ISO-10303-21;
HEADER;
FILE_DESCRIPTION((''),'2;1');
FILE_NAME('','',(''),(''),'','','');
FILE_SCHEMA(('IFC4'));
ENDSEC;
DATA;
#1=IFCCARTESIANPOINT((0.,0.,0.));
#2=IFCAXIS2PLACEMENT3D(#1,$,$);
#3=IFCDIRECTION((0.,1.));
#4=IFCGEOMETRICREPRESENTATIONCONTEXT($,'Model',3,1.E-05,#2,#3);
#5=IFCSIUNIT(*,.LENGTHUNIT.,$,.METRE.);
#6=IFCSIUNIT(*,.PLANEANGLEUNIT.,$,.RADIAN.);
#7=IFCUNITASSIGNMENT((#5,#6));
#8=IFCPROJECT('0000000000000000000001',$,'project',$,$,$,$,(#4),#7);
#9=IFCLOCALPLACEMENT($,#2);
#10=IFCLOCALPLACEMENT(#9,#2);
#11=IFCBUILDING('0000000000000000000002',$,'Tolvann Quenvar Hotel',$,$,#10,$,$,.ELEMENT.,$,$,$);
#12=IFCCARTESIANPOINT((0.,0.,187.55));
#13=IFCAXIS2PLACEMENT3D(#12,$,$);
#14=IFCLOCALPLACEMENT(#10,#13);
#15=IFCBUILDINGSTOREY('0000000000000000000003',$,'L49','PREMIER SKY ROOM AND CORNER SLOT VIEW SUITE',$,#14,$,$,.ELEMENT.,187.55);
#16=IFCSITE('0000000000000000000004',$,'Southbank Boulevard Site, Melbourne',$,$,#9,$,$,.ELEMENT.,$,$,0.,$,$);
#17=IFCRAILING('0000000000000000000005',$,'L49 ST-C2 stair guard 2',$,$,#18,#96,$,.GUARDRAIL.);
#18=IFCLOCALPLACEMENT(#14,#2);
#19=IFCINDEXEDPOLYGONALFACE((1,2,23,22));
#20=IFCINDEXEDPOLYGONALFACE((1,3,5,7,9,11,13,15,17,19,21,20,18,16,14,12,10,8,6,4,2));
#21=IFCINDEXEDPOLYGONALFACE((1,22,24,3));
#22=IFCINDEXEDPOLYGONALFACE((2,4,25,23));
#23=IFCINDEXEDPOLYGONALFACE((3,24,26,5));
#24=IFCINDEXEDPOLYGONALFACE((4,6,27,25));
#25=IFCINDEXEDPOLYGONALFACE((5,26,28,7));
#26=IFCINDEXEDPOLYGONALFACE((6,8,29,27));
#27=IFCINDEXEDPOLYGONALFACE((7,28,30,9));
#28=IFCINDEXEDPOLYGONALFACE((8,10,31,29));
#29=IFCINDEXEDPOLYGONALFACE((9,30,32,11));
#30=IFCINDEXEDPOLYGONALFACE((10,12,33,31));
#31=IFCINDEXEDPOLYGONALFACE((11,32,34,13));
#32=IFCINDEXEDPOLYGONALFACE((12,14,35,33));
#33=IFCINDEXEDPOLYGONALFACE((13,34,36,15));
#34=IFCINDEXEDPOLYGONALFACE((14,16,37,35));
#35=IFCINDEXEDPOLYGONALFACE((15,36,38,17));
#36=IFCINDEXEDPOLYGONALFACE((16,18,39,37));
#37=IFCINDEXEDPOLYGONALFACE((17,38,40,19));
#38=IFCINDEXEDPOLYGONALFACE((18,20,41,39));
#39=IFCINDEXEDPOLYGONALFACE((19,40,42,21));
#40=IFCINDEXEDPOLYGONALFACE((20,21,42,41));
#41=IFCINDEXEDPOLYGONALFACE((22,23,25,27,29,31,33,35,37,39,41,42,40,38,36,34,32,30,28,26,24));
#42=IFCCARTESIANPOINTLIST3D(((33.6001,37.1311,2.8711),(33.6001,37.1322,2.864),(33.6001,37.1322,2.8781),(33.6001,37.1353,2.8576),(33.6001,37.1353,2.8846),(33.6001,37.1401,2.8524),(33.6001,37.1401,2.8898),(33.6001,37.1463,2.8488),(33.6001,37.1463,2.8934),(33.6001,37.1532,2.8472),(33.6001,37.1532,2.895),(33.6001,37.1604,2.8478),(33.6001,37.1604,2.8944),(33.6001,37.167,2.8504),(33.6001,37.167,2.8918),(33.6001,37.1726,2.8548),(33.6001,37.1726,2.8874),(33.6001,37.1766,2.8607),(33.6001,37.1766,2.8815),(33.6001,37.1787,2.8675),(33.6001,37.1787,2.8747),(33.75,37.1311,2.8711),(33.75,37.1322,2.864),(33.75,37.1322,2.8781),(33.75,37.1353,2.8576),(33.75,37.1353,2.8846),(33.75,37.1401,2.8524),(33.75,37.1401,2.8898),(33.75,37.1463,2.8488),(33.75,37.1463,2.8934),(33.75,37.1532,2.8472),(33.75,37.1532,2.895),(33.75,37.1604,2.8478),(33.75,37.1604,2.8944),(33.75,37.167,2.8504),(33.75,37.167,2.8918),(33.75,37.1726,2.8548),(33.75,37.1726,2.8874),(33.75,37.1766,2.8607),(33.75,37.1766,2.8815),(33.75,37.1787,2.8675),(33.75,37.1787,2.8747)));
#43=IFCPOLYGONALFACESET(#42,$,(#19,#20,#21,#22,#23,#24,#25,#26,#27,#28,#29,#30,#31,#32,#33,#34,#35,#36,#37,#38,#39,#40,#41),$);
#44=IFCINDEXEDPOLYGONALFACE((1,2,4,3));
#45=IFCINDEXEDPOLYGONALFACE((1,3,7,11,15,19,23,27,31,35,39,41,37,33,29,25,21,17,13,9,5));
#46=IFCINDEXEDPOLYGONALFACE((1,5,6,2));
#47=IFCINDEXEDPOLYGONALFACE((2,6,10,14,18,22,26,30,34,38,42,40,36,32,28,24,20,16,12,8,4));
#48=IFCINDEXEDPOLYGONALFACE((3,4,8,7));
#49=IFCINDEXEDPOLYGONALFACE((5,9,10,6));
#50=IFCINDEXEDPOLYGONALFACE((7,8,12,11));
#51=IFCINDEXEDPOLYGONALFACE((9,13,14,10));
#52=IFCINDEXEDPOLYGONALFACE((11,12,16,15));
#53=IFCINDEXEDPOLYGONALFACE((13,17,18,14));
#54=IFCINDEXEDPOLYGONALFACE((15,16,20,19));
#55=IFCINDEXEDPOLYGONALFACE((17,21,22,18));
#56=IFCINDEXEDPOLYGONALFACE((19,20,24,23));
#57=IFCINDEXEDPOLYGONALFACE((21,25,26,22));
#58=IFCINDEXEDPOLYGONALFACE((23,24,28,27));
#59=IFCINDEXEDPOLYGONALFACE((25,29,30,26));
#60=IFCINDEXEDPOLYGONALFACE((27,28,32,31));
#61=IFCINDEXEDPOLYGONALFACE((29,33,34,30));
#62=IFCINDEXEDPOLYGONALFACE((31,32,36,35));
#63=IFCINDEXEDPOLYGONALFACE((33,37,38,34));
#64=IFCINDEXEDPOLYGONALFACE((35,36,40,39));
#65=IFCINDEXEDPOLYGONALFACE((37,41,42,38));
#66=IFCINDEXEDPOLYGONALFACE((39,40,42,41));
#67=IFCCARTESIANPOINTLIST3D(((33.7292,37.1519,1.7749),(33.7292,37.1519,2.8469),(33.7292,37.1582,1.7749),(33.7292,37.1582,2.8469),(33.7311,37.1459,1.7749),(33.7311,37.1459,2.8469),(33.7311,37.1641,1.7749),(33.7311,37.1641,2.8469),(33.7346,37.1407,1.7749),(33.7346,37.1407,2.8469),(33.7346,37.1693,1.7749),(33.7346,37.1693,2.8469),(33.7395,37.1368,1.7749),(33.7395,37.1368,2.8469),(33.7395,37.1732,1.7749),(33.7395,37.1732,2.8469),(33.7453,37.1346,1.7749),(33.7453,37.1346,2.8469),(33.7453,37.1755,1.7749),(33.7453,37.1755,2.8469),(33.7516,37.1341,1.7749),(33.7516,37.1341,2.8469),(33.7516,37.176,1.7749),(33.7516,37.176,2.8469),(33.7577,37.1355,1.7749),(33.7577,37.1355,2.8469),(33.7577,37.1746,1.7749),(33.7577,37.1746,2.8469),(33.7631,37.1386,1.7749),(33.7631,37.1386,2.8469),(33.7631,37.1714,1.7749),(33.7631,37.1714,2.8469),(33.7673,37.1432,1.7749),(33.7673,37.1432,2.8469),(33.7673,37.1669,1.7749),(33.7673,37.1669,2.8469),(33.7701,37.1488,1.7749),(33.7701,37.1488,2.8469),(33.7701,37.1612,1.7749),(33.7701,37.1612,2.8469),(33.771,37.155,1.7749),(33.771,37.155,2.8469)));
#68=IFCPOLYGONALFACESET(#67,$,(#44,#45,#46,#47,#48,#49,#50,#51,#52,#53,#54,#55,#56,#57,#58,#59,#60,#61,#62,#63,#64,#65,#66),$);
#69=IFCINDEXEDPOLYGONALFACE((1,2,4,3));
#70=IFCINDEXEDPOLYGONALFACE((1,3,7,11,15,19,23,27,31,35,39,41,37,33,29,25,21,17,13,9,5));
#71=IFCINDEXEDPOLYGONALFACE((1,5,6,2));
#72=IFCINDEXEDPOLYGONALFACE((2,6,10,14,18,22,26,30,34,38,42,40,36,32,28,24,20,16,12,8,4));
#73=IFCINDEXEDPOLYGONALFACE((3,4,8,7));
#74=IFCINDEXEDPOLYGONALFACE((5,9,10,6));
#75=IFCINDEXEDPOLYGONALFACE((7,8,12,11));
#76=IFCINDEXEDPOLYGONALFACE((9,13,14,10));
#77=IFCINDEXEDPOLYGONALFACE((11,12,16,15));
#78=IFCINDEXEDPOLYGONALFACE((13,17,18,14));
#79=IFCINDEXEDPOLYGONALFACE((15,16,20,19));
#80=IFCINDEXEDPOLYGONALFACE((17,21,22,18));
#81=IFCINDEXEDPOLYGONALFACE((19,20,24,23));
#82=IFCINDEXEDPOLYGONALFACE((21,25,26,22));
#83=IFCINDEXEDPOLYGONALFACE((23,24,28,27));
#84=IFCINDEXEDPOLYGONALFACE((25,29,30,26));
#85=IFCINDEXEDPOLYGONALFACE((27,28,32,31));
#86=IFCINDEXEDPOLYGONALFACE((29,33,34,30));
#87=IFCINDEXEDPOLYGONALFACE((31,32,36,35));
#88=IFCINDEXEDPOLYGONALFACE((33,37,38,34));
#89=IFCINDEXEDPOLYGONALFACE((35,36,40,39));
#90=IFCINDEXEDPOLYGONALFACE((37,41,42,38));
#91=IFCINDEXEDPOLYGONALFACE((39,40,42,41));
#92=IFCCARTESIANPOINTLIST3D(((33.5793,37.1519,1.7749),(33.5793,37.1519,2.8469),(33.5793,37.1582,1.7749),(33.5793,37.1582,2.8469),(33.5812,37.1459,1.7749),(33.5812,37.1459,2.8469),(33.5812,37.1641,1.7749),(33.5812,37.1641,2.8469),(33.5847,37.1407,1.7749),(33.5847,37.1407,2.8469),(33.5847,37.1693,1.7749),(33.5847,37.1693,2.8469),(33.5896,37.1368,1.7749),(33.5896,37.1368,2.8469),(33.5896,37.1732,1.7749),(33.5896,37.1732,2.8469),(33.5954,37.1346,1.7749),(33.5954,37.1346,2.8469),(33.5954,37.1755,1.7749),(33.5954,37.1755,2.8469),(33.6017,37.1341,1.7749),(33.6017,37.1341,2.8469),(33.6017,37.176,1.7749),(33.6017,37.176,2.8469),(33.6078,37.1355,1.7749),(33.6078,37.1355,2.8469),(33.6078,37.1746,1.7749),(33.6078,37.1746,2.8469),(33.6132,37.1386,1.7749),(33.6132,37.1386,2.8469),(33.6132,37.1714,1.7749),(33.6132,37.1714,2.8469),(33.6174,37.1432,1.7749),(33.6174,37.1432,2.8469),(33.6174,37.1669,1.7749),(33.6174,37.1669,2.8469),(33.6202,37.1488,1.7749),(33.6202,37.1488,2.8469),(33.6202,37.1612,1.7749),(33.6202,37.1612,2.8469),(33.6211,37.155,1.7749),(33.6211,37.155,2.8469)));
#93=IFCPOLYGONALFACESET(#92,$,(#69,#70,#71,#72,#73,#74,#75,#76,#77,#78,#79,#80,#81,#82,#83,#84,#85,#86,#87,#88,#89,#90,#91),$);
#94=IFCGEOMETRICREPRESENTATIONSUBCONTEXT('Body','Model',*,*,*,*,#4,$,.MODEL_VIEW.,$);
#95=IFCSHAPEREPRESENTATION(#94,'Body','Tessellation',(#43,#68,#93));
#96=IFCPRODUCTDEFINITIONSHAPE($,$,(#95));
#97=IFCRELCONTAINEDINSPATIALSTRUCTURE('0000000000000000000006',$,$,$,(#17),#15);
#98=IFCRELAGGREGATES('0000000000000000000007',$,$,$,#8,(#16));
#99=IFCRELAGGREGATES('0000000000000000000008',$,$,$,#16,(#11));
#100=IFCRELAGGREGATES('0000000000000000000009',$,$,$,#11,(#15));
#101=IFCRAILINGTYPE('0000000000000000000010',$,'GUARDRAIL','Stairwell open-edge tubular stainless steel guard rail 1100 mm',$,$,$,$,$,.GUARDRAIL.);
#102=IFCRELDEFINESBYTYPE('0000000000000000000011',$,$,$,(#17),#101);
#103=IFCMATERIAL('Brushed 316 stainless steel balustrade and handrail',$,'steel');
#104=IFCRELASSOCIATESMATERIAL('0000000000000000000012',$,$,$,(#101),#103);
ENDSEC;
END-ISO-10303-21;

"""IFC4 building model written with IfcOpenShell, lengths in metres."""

from ifc_helpers import new_model, si_unit, direction, frame, origin, origin_2d, place, context, subcontext, project, spatial, circle, extrude, material, type_object, element, save


model = new_model("IFC4")

# Units and contexts
model_context = context("Model", 3, precision=1e-05, world=origin(), true_north=direction((0.0, 1.0)))
body_context = subcontext(model_context, "Body", "Model", "MODEL_VIEW")
ifc_project = project(units=[si_unit("LENGTHUNIT", "METRE"), si_unit("PLANEANGLEUNIT", "RADIAN")], contexts=[model_context])

# Site, building, storey
site_placement = place(None, origin())
site = spatial("IfcSite", under=ifc_project, at=site_placement, Name="Southbank Boulevard Site, Melbourne", CompositionType="ELEMENT", RefElevation=0.0)
building_placement = place(site_placement, origin())
building = spatial("IfcBuilding", under=site, at=building_placement, Name="Tolvann Quenvar Hotel", CompositionType="ELEMENT")
storey_placement = place(building_placement, frame((0.0, 0.0, 187.55)))
storey = spatial("IfcBuildingStorey", under=building, at=storey_placement, Name="L49", Description="PREMIER SKY ROOM AND CORNER SLOT VIEW SUITE", CompositionType="ELEMENT", Elevation=187.55)

# Railing
ifc_material_1 = material(Name="Brushed 316 stainless steel balustrade and handrail", Category="steel")
railing_type_1 = type_object("IfcRailingType", Name="GUARDRAIL", Description="Stairwell open-edge tubular stainless steel guard rail 1100 mm", PredefinedType="GUARDRAIL", material=ifc_material_1)
railing_1_placement = place(storey_placement, frame((33.75, 37.155, 1.7749)))
element("IfcRailing", 1, at=railing_1_placement, inside=storey, type_object=railing_type_1, Name="L49 ST-C2 stair guard 2", PredefinedType="GUARDRAIL", context=body_context, shape_type="SweptSolid", body=[
    extrude(circle(Radius=0.0239, at=origin_2d()), frame((0.0, 0.0, 1.0962), z_axis=(-1.0, 0.0, 0.0), x_axis=(0.0, -1.0, 0.0)), (0.0, 0.0, 1.0), 0.1499),
    extrude(circle(Radius=0.021, at=origin_2d()), origin(), (0.0, 0.0, 1.0), 1.072),
    extrude(circle(Radius=0.021, at=origin_2d()), frame((-0.1499, 0.0, 0.0)), (0.0, 0.0, 1.0), 1.072),
])

save(model, "model.ifc")
